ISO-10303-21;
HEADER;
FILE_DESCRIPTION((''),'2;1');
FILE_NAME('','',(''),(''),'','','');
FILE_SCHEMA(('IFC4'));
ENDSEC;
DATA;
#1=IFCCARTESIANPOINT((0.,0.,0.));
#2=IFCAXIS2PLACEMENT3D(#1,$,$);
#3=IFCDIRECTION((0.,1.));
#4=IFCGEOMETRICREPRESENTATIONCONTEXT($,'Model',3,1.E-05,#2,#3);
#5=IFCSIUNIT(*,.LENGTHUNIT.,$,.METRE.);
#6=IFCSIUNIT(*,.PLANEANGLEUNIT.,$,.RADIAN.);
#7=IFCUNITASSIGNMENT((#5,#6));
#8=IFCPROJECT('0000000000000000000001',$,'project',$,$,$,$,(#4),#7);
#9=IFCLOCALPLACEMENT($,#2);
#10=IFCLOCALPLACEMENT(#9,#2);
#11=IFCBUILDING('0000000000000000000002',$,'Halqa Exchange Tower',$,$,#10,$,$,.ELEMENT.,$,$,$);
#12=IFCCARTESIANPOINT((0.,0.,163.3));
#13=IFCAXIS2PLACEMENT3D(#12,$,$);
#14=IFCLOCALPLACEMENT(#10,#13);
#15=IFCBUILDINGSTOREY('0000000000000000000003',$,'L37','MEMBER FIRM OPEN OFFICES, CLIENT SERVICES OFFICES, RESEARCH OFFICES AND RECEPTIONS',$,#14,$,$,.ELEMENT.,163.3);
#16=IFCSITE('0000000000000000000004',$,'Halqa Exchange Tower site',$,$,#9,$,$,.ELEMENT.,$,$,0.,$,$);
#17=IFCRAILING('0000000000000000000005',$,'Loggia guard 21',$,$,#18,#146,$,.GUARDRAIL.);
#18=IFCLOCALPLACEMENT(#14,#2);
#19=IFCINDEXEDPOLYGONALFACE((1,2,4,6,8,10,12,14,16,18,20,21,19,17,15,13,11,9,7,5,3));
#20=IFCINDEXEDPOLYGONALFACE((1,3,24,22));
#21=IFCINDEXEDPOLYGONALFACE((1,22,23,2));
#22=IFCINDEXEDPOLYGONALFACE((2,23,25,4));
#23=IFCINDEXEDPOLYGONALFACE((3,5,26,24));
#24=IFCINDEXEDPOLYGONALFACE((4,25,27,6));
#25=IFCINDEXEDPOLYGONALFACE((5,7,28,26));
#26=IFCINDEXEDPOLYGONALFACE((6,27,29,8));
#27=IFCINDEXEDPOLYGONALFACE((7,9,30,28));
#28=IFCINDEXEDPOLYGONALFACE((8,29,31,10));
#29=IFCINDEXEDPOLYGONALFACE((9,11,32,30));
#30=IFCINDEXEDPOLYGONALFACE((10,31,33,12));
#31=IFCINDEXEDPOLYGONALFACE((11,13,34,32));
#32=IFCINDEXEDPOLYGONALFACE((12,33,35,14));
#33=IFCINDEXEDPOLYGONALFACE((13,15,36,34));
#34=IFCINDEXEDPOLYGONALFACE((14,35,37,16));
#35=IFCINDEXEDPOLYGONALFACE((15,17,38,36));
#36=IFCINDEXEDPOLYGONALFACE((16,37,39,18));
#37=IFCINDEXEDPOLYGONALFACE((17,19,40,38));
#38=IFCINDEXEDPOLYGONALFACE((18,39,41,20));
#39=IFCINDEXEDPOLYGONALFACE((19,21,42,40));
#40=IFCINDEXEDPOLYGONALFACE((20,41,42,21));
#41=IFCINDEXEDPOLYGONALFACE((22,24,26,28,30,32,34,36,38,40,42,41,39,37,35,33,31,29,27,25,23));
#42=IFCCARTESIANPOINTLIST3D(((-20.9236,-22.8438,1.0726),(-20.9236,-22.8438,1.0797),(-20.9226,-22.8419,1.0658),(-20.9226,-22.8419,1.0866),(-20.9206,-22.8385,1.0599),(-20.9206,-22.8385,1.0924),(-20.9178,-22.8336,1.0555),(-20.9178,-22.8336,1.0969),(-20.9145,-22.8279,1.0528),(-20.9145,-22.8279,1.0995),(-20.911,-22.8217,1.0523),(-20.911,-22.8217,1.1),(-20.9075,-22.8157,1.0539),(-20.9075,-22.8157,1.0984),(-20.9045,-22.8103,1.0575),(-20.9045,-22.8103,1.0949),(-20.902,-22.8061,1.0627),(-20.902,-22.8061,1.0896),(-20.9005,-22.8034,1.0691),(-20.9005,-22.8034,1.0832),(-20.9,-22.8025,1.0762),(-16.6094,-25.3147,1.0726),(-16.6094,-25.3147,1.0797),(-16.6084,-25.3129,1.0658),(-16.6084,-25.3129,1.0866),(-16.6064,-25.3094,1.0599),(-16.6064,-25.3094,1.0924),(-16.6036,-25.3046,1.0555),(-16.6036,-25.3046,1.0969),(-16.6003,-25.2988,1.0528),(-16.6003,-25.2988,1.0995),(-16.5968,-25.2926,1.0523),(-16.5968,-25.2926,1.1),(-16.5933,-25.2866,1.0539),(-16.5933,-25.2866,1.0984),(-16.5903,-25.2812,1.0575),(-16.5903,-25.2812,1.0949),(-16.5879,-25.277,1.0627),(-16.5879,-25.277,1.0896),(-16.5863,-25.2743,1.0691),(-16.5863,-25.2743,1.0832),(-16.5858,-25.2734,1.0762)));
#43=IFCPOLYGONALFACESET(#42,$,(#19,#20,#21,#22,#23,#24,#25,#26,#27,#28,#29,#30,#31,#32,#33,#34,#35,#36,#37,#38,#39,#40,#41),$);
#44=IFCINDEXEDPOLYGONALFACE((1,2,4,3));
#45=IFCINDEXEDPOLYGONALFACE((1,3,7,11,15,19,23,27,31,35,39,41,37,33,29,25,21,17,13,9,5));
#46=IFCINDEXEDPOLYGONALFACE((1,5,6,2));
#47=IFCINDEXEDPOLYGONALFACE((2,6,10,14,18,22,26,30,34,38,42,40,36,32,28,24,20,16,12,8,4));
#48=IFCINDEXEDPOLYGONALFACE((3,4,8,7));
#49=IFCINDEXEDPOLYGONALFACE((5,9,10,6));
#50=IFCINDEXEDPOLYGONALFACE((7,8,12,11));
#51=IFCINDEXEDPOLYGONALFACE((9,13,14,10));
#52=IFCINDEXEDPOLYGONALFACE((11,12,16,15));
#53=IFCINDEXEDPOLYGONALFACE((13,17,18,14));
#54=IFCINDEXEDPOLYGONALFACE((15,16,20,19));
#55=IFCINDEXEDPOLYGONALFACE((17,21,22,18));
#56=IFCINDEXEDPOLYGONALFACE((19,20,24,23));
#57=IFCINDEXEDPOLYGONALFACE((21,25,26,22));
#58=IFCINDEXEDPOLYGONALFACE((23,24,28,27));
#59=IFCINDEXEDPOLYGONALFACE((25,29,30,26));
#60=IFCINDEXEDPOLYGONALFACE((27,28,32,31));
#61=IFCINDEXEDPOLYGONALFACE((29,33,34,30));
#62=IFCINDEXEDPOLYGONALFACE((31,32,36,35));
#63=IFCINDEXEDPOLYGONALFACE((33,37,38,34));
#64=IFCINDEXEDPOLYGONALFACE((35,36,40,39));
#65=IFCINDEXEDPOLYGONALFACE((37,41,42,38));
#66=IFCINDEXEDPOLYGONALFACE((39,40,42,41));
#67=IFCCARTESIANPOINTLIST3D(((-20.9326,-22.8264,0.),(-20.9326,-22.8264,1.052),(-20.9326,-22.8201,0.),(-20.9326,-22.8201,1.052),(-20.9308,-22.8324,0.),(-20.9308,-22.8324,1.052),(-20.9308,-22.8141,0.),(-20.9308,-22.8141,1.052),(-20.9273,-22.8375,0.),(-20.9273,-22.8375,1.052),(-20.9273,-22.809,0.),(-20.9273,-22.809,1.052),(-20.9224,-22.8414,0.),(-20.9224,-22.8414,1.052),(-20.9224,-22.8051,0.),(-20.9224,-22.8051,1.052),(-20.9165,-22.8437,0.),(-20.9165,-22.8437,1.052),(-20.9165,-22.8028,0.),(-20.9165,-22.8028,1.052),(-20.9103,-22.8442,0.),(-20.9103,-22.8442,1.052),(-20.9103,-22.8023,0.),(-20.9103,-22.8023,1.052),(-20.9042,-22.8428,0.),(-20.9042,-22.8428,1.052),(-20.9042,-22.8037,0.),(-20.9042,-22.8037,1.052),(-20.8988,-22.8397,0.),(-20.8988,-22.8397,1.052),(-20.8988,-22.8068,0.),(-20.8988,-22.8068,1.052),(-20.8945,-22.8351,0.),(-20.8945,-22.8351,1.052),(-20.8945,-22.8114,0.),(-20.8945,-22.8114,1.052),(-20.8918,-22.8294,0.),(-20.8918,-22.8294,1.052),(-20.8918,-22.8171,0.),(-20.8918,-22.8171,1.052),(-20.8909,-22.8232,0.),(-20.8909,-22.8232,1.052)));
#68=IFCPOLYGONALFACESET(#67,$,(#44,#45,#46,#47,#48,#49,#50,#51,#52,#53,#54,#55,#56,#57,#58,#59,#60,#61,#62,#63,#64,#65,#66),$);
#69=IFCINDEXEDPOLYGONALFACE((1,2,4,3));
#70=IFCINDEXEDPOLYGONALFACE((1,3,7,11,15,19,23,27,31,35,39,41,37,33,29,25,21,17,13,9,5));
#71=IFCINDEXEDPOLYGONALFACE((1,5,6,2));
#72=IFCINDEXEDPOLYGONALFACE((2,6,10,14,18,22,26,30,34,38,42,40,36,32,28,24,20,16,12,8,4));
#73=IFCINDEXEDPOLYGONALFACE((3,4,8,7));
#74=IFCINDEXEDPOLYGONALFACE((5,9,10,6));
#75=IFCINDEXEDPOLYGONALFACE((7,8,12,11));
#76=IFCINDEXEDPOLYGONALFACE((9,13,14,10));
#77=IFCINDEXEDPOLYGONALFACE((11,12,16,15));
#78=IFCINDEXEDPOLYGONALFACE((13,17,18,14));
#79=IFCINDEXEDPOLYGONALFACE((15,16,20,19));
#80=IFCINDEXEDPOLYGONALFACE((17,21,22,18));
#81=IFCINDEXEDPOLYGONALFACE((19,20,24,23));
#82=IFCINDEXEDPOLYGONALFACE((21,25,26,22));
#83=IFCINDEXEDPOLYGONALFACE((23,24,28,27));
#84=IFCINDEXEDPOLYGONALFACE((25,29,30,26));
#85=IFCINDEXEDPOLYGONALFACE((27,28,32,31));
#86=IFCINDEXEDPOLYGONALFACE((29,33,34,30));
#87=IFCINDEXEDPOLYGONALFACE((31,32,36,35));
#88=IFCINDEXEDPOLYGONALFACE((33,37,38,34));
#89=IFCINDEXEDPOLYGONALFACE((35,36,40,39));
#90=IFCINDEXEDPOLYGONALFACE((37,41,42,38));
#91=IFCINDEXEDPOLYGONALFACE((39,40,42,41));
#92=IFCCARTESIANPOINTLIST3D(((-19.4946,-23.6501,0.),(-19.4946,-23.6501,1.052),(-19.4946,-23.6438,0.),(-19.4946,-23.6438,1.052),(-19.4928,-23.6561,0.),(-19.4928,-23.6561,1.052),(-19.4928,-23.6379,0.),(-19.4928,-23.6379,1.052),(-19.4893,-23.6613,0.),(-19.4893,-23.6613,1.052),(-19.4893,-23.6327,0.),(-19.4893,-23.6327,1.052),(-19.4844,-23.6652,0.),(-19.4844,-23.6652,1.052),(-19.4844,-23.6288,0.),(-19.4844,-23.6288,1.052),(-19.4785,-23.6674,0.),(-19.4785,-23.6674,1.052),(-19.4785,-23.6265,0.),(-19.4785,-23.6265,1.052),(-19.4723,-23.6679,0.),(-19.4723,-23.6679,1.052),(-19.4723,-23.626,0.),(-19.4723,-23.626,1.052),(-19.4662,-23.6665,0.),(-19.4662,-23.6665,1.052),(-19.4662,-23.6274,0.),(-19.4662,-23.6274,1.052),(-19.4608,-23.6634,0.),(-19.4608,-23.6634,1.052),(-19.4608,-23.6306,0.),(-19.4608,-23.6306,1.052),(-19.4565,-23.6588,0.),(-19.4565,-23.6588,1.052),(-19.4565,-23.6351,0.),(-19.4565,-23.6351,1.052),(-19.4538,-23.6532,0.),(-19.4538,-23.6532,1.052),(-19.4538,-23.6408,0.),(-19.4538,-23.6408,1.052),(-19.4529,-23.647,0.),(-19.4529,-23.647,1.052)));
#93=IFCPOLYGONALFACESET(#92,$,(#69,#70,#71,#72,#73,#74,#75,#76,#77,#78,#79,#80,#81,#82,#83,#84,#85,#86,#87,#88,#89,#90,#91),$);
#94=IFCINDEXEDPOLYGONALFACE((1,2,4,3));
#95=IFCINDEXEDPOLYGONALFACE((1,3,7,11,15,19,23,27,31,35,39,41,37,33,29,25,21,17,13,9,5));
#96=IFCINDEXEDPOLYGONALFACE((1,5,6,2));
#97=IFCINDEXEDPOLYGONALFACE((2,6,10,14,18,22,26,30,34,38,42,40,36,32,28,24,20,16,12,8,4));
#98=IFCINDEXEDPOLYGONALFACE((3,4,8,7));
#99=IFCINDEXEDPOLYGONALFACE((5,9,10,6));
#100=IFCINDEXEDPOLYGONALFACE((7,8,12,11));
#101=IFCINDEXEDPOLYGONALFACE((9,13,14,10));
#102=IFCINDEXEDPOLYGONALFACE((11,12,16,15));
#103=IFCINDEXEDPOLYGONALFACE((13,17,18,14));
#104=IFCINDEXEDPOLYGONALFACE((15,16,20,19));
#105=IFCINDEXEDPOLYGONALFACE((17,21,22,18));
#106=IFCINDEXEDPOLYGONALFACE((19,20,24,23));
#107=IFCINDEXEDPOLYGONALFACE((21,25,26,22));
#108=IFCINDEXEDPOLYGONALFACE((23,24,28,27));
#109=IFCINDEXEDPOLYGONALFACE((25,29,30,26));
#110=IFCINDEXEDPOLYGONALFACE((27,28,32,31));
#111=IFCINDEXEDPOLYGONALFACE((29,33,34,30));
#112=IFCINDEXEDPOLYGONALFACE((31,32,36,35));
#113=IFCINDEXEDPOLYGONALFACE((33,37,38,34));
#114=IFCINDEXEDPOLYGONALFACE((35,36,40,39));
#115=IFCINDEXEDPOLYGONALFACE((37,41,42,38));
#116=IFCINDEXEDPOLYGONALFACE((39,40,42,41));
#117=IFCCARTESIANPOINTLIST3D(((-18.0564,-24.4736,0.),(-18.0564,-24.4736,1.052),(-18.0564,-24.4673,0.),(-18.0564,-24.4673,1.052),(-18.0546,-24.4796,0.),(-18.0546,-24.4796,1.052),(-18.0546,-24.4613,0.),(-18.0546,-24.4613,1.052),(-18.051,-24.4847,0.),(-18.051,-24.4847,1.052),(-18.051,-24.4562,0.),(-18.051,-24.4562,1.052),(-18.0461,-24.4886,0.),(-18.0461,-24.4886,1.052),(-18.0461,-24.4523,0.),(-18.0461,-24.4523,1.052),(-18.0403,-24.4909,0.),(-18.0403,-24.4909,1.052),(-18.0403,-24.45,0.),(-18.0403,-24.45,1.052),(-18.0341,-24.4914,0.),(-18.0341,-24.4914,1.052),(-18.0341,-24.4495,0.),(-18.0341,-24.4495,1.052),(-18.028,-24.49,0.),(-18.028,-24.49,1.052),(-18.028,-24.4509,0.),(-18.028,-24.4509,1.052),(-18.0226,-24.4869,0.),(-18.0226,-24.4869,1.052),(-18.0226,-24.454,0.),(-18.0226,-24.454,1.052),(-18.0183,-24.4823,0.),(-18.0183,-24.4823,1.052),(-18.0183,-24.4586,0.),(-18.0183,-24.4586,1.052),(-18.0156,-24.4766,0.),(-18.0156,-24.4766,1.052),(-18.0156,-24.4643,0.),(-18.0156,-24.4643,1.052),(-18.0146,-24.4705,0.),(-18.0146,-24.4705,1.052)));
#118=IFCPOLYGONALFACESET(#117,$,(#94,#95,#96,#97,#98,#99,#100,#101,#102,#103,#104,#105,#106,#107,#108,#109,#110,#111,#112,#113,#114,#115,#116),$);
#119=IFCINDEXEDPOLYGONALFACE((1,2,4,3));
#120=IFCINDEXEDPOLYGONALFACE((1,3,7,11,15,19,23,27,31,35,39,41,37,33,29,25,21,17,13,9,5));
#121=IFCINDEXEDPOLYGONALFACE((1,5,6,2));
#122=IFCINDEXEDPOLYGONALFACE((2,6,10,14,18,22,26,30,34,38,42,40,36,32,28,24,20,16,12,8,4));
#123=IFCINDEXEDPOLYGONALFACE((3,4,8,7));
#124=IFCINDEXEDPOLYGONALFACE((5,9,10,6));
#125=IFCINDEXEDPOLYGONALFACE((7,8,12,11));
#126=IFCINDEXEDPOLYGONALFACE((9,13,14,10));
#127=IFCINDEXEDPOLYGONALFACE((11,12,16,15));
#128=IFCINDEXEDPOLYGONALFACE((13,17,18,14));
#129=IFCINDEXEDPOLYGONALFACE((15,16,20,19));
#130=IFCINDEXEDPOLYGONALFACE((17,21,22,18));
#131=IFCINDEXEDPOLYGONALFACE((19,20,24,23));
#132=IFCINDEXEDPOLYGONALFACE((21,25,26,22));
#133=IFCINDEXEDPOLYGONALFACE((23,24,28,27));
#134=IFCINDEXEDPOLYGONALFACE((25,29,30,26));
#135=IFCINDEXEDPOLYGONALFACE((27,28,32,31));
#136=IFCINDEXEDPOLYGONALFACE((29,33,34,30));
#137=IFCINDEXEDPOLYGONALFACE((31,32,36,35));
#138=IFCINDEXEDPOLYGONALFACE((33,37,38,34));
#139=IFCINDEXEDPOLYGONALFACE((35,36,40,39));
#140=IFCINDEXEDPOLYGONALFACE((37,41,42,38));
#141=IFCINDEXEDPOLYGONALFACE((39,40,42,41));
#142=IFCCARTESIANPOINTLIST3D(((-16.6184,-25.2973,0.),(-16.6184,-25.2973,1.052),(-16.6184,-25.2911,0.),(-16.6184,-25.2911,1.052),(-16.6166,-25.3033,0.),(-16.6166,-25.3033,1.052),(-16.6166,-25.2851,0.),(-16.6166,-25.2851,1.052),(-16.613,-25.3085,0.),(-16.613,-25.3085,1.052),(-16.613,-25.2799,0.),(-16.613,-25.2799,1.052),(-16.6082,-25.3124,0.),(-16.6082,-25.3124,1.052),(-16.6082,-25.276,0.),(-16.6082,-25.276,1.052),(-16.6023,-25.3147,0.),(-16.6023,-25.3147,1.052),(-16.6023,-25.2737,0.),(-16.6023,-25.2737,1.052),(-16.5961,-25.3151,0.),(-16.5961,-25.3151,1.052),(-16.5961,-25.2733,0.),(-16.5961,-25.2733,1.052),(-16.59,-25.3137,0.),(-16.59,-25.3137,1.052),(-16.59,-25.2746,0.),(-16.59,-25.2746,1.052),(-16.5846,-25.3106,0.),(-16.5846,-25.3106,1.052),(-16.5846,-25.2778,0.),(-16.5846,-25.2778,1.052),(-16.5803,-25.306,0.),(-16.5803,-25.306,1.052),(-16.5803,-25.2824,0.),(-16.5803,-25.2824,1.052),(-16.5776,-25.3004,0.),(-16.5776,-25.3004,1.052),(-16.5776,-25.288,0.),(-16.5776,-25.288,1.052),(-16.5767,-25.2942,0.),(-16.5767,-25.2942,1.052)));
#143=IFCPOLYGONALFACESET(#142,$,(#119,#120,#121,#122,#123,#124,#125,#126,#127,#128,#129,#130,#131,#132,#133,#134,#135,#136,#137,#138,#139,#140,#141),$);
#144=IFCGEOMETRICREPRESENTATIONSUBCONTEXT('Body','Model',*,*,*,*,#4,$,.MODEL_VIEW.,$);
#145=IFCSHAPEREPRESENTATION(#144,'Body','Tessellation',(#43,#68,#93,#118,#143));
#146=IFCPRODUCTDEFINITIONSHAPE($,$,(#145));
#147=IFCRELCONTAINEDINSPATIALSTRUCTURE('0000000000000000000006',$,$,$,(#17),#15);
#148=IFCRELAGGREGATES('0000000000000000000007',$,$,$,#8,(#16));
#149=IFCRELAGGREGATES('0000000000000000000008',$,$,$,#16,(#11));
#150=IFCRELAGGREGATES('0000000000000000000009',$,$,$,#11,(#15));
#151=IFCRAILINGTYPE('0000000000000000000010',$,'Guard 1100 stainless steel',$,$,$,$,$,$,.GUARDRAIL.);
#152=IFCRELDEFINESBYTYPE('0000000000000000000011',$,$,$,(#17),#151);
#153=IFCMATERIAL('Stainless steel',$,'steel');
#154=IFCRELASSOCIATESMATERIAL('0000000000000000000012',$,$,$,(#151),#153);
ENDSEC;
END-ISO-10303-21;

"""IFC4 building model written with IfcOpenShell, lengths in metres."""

from ifc_helpers import new_model, si_unit, direction, frame, origin, origin_2d, place, context, subcontext, project, spatial, circle, extrude, material, type_object, element, save


model = new_model("IFC4")

# Units and contexts
model_context = context("Model", 3, precision=1e-05, world=origin(), true_north=direction((0.0, 1.0)))
body_context = subcontext(model_context, "Body", "Model", "MODEL_VIEW")
ifc_project = project(units=[si_unit("LENGTHUNIT", "METRE"), si_unit("PLANEANGLEUNIT", "RADIAN")], contexts=[model_context])

# Site, building, storey
site_placement = place(None, origin())
site = spatial("IfcSite", under=ifc_project, at=site_placement, Name="Halqa Exchange Tower site", CompositionType="ELEMENT", RefElevation=0.0)
building_placement = place(site_placement, origin())
building = spatial("IfcBuilding", under=site, at=building_placement, Name="Halqa Exchange Tower", CompositionType="ELEMENT")
storey_placement = place(building_placement, frame((0.0, 0.0, 163.3)))
storey = spatial("IfcBuildingStorey", under=building, at=storey_placement, Name="L37", Description="MEMBER FIRM OPEN OFFICES, CLIENT SERVICES OFFICES, RESEARCH OFFICES AND RECEPTIONS", CompositionType="ELEMENT", Elevation=163.3)

# Railing
ifc_material_1 = material(Name="Stainless steel", Category="steel")
railing_type = type_object("IfcRailingType", Name="Guard 1100 stainless steel", PredefinedType="GUARDRAIL", material=ifc_material_1)
railing_1_placement = place(storey_placement, frame((-20.9119, -22.8232, 0.0)))
element("IfcRailing", 1, at=railing_1_placement, inside=storey, type_object=railing_type, Name="Loggia guard 21", PredefinedType="GUARDRAIL", context=body_context, shape_type="SweptSolid", body=[
    extrude(circle(Radius=0.0239, at=origin_2d()), frame((0.0, 0.0, 1.0762), z_axis=(0.86775, -0.497001, 0.0), x_axis=(0.497001, 0.86775, 0.0)), (0.0, 0.0, 1.0), 4.9717),
    extrude(circle(Radius=0.021, at=origin_2d()), origin(), (0.0, 0.0, 1.0), 1.052),
    extrude(circle(Radius=0.021, at=origin_2d()), frame((1.438, -0.8237, 0.0)), (0.0, 0.0, 1.0), 1.052),
    extrude(circle(Radius=0.021, at=origin_2d()), frame((2.8762, -1.6472, 0.0)), (0.0, 0.0, 1.0), 1.052),
    extrude(circle(Radius=0.021, at=origin_2d()), frame((4.3142, -2.4709, 0.0)), (0.0, 0.0, 1.0), 1.052),
])

save(model, "model.ifc")
